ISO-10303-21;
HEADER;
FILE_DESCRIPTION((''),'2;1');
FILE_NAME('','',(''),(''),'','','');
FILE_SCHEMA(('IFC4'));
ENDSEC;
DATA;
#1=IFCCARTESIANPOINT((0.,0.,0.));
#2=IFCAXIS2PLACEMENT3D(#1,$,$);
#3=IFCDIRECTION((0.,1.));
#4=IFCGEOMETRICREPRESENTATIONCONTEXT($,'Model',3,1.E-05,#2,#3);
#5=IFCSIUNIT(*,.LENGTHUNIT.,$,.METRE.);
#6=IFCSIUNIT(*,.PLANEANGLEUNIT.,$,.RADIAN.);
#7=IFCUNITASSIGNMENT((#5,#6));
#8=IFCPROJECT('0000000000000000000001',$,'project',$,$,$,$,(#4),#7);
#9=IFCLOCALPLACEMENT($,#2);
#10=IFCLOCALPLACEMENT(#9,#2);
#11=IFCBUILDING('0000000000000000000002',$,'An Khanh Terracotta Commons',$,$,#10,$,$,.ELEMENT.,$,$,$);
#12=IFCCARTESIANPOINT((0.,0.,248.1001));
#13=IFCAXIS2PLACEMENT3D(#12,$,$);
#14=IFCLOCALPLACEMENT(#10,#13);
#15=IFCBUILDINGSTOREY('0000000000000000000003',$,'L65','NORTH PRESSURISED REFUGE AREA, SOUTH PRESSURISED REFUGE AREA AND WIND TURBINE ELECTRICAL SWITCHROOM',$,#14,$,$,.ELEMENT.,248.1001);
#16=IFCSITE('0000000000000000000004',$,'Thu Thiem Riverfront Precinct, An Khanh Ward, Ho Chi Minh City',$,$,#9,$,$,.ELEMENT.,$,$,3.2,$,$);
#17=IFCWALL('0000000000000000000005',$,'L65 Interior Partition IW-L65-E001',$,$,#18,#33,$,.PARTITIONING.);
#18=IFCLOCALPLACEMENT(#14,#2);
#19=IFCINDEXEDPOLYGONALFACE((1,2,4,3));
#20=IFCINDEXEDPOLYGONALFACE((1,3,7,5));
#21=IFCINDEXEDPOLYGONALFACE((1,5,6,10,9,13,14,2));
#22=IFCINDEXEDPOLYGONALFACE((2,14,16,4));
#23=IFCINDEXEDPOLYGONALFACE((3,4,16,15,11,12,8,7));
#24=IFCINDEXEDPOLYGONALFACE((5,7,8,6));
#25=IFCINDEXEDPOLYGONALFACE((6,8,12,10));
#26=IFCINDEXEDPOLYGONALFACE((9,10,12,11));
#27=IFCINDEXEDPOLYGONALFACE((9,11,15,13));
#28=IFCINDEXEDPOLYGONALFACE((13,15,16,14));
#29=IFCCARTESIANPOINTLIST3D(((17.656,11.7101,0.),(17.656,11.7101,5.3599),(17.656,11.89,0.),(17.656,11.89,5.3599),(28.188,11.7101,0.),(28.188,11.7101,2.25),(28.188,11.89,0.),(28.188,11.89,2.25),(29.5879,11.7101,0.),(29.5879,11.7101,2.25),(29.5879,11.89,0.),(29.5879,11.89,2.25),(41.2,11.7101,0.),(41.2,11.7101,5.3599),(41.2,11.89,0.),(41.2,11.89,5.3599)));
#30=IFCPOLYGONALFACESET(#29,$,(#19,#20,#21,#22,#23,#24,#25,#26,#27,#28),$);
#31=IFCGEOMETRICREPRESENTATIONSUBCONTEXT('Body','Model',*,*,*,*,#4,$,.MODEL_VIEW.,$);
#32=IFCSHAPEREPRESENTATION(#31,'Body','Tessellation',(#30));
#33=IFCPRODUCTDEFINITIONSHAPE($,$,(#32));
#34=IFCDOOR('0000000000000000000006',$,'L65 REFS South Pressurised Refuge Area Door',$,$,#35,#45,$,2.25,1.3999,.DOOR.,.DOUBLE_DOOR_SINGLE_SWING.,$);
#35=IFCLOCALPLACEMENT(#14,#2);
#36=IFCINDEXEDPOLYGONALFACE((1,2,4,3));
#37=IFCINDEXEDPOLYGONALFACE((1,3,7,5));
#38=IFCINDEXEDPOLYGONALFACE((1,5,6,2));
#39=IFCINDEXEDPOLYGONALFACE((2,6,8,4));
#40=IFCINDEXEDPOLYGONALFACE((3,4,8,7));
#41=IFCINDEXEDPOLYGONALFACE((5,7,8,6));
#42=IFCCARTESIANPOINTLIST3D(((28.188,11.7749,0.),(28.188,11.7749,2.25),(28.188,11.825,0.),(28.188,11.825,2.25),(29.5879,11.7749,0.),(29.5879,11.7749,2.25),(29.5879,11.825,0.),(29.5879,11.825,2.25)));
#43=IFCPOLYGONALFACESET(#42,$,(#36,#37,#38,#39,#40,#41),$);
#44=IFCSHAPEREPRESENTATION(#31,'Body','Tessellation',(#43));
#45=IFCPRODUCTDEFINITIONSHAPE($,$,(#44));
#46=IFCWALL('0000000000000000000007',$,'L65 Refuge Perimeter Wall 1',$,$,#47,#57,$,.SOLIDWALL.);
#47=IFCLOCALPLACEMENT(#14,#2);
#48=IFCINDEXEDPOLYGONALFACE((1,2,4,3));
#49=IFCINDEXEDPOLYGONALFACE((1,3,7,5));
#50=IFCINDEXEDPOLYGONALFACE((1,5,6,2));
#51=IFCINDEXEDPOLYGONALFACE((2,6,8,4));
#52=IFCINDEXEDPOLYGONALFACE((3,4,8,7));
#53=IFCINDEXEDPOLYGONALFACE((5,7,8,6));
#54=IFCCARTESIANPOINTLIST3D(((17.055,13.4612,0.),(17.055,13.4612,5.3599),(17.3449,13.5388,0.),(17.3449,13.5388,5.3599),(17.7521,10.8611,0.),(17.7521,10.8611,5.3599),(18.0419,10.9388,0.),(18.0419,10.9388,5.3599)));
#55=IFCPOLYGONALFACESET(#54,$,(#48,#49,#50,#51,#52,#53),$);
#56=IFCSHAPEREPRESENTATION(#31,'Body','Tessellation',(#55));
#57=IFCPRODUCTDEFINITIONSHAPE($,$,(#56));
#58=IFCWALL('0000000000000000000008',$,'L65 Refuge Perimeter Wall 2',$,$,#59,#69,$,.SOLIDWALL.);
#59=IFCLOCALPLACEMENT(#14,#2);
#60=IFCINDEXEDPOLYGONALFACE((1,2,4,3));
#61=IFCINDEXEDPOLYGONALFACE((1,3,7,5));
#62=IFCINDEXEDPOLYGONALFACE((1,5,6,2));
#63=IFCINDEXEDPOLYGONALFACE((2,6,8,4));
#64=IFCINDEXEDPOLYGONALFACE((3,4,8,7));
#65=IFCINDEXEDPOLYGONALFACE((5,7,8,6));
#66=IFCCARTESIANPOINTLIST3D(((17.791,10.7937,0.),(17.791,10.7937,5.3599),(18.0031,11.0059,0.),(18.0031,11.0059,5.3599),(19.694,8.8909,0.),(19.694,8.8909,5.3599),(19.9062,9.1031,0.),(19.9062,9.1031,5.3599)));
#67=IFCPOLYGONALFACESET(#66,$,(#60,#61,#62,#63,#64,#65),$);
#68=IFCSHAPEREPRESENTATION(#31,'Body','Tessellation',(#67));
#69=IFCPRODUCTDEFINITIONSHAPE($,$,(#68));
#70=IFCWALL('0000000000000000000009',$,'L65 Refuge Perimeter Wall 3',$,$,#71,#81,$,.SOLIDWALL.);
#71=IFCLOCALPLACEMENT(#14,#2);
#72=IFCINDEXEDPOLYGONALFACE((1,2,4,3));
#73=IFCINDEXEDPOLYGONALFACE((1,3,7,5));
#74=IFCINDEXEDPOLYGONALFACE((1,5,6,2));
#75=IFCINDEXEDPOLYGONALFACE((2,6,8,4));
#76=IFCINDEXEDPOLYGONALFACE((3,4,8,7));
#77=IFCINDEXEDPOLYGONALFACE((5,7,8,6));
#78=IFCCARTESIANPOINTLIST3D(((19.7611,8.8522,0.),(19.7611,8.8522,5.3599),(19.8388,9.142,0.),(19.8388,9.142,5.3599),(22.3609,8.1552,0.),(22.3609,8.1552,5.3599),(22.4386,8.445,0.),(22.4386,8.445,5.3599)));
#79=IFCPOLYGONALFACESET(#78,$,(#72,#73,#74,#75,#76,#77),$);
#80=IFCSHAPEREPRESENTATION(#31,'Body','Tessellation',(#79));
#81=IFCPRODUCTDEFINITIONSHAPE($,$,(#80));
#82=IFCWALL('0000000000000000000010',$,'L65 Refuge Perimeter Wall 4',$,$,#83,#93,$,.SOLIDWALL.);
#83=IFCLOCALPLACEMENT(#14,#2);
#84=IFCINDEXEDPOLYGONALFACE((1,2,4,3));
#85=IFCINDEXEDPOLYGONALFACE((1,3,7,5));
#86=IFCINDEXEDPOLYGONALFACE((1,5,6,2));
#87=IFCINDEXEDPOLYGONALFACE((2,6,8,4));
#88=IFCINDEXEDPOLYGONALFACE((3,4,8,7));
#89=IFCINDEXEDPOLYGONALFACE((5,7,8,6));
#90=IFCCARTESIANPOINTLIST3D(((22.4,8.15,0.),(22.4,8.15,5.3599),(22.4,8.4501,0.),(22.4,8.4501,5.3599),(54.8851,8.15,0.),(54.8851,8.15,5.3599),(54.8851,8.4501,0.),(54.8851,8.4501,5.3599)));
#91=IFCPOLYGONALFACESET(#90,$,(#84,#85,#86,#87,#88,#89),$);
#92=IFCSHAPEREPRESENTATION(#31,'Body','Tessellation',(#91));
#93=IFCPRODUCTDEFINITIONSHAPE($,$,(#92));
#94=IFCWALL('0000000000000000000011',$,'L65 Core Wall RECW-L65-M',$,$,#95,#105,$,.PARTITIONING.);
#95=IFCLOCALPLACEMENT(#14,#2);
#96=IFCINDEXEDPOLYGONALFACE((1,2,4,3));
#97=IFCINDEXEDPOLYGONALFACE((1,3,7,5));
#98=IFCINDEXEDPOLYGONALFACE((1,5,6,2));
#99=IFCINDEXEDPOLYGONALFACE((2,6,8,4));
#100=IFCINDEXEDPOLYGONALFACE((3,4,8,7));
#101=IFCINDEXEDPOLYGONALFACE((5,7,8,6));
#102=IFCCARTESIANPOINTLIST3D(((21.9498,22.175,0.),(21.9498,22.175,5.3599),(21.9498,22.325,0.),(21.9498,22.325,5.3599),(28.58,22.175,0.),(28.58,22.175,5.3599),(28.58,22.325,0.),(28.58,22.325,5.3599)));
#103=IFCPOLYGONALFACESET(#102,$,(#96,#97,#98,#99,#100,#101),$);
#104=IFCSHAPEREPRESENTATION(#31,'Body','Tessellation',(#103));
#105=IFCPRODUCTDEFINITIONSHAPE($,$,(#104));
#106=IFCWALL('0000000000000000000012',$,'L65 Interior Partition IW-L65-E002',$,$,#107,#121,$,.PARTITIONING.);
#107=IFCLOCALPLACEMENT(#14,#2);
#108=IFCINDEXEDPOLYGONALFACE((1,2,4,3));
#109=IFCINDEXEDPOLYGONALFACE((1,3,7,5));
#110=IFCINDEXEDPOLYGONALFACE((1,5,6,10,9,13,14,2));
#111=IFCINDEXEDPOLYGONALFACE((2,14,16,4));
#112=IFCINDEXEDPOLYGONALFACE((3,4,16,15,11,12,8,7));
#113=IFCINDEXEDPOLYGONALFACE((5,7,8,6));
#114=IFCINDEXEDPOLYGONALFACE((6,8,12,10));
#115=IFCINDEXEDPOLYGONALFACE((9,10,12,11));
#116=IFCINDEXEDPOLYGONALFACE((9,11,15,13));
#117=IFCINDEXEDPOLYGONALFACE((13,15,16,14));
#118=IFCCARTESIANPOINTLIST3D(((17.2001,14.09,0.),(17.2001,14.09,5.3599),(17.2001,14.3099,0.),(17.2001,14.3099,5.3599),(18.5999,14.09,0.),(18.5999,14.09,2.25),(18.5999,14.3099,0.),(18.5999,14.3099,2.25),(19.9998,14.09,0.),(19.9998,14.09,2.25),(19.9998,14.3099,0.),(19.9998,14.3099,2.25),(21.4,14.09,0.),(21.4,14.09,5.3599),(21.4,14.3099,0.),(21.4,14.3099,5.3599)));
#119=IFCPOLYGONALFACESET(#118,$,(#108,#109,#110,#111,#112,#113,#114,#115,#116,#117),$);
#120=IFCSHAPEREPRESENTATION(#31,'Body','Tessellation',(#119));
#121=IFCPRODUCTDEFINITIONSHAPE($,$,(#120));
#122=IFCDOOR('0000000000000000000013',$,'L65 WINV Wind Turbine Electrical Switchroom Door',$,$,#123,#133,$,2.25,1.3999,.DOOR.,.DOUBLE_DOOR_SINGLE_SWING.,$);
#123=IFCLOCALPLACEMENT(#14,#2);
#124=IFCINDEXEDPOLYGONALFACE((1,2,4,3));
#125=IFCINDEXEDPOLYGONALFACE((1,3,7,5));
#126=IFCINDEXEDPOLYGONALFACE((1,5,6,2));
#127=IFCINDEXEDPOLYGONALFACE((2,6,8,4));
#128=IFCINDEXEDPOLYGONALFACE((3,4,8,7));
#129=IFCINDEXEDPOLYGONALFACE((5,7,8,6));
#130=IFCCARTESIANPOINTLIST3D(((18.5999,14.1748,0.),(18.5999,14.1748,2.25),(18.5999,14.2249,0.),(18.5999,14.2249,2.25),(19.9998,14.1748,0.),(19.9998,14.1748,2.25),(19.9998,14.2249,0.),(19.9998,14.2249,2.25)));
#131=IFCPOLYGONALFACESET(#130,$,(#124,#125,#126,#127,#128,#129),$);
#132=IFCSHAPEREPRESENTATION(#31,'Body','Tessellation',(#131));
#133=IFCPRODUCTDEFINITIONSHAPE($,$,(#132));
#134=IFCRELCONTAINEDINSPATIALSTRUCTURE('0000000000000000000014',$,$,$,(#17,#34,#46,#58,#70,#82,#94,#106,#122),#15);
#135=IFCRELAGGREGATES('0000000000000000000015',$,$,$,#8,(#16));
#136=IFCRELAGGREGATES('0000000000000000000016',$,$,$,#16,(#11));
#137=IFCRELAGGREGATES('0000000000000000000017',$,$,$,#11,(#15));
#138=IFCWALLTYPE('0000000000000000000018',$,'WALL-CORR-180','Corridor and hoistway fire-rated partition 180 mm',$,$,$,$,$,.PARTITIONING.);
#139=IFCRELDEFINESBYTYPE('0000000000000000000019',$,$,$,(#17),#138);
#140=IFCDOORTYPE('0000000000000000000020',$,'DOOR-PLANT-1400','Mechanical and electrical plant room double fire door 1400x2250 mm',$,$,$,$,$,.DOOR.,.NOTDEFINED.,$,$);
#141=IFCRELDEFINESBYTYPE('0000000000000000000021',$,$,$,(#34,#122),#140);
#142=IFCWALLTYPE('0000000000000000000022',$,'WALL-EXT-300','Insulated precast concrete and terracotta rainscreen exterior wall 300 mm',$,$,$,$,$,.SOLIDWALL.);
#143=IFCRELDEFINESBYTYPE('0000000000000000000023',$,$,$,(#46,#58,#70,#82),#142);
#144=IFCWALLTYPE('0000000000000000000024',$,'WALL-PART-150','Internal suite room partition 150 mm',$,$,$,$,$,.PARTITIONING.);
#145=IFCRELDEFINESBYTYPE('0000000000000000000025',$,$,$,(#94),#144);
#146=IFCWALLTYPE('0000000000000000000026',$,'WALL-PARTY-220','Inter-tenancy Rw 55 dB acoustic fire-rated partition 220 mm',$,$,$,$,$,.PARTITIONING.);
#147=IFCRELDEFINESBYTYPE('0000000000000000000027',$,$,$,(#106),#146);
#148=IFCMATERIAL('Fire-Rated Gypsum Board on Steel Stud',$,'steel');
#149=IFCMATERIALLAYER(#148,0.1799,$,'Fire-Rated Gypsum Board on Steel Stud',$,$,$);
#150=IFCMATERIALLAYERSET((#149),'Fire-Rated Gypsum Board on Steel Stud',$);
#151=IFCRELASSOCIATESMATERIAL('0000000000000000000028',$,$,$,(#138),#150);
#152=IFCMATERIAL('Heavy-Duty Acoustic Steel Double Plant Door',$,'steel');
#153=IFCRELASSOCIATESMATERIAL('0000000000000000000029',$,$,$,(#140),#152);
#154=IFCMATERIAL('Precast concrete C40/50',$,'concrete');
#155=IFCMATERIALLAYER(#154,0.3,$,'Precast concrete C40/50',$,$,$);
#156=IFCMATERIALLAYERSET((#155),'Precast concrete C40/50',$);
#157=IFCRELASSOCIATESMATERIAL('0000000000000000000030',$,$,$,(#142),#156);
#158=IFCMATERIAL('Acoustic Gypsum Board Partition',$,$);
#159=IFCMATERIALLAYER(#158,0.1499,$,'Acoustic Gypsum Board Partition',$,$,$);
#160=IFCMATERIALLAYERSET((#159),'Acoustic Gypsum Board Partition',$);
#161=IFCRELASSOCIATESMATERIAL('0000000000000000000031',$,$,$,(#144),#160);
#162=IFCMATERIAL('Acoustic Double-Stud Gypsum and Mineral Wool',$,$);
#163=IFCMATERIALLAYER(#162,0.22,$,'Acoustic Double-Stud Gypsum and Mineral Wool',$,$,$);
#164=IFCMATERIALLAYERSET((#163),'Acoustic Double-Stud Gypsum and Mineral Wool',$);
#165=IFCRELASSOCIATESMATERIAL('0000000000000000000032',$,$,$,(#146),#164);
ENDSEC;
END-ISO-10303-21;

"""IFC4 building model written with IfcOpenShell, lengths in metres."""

from ifc_helpers import new_model, si_unit, direction, frame, frame_2d, origin, place, context, subcontext, project, spatial, rectangle, extrude, material, layer, layer_set, type_object, element, fill, save


model = new_model("IFC4")

# Units and contexts
model_context = context("Model", 3, precision=1e-05, world=origin(), true_north=direction((0.0, 1.0)))
body_context = subcontext(model_context, "Body", "Model", "MODEL_VIEW")
ifc_project = project(units=[si_unit("LENGTHUNIT", "METRE"), si_unit("PLANEANGLEUNIT", "RADIAN")], contexts=[model_context])

# Site, building, storey
site_placement = place(None, origin())
site = spatial("IfcSite", under=ifc_project, at=site_placement, Name="Thu Thiem Riverfront Precinct, An Khanh Ward, Ho Chi Minh City", CompositionType="ELEMENT", RefElevation=3.2)
building_placement = place(site_placement, origin())
building = spatial("IfcBuilding", under=site, at=building_placement, Name="An Khanh Terracotta Commons", CompositionType="ELEMENT")
storey_placement = place(building_placement, frame((0.0, 0.0, 248.1001)))
storey = spatial("IfcBuildingStorey", under=building, at=storey_placement, Name="L65", Description="NORTH PRESSURISED REFUGE AREA, SOUTH PRESSURISED REFUGE AREA AND WIND TURBINE ELECTRICAL SWITCHROOM", CompositionType="ELEMENT", Elevation=248.1001)

# Shared definitions
ifc_material_1 = material(Name="Precast concrete C40/50", Category="concrete")

# Shared definitions
ifc_material_2 = material(Name="Fire-Rated Gypsum Board on Steel Stud", Category="steel")
ifc_layer_1 = layer(ifc_material_2, 0.1799, Name="Fire-Rated Gypsum Board on Steel Stud")
ifc_layer_set_1 = layer_set([ifc_layer_1], Name="Fire-Rated Gypsum Board on Steel Stud")
wall_type_1 = type_object("IfcWallType", Name="WALL-CORR-180", Description="Corridor and hoistway fire-rated partition 180 mm", PredefinedType="PARTITIONING", material=ifc_layer_set_1)

# Wall, opening, door
wall_1_placement = place(storey_placement, frame((17.656, 11.8, 0.0), z_axis=(0.0, 0.0, 1.0), x_axis=(1.0, 0.0, 0.0)))
wall_1 = element("IfcWall", 1, at=wall_1_placement, inside=storey, type_object=wall_type_1, Name="L65 Interior Partition IW-L65-E001", PredefinedType="PARTITIONING", context=body_context, shape_type="SweptSolid", body=[
    extrude(rectangle(XDim=23.5439, YDim=0.1799, at=frame_2d((11.772, 0.0))), origin(), (0.0, 0.0, 1.0), 5.3599),
])
opening_1_placement = place(wall_1_placement, frame((10.532, 0.0, 0.0)))
opening_1 = element("IfcOpeningElement", 2, at=opening_1_placement, cuts=wall_1, PredefinedType="OPENING", context=body_context, shape_type="SweptSolid", body=[
    extrude(rectangle(XDim=1.3999, YDim=2.25, at=frame_2d((0.7, 1.125))), frame((0.0, 0.0999, 0.0), z_axis=(0.0, -1.0, 0.0), x_axis=(1.0, 0.0, 0.0)), (0.0, 0.0, 1.0), 0.2),
])
ifc_material_3 = material(Name="Heavy-Duty Acoustic Steel Double Plant Door", Category="steel")
door_type = type_object("IfcDoorType", Name="DOOR-PLANT-1400", Description="Mechanical and electrical plant room double fire door 1400x2250 mm", OperationType="NOTDEFINED", PredefinedType="DOOR", material=ifc_material_3)
door_1_placement = place(opening_1_placement, origin())
door_1 = element("IfcDoor", 3, at=door_1_placement, inside=storey, type_object=door_type, Name="L65 REFS South Pressurised Refuge Area Door", OperationType="DOUBLE_DOOR_SINGLE_SWING", OverallHeight=2.25, OverallWidth=1.3999, PredefinedType="DOOR", context=body_context, shape_type="SweptSolid", body=[
    extrude(rectangle(XDim=1.3999, YDim=2.25, at=frame_2d((0.7, 1.125))), frame((0.0, 0.0249, 0.0), z_axis=(0.0, -1.0, 0.0), x_axis=(1.0, 0.0, 0.0)), (0.0, 0.0, 1.0), 0.05),
])
fill(opening_1, door_1)

# Walls
ifc_layer_2 = layer(ifc_material_1, 0.3, Name="Precast concrete C40/50")
ifc_layer_set_2 = layer_set([ifc_layer_2], Name="Precast concrete C40/50")
wall_type_2 = type_object("IfcWallType", Name="WALL-EXT-300", Description="Insulated precast concrete and terracotta rainscreen exterior wall 300 mm", PredefinedType="SOLIDWALL", material=ifc_layer_set_2)
wall_2_placement = place(storey_placement, frame((17.2, 13.5, 0.0), z_axis=(0.0, 0.0, 1.0), x_axis=(0.258933, -0.965895, 0.0)))
element("IfcWall", 4, at=wall_2_placement, inside=storey, type_object=wall_type_2, Name="L65 Refuge Perimeter Wall 1", PredefinedType="SOLIDWALL", context=body_context, shape_type="SweptSolid", body=[
    extrude(rectangle(XDim=2.6919, YDim=0.3, at=frame_2d((1.3459, 0.0))), origin(), (0.0, 0.0, 1.0), 5.3599),
])
wall_3_placement = place(storey_placement, frame((17.897, 10.8999, 0.0), z_axis=(0.0, 0.0, 1.0), x_axis=(0.707152, -0.707061, 0.0)))
element("IfcWall", 5, at=wall_3_placement, inside=storey, type_object=wall_type_2, Name="L65 Refuge Perimeter Wall 2", PredefinedType="SOLIDWALL", context=body_context, shape_type="SweptSolid", body=[
    extrude(rectangle(XDim=2.6912, YDim=0.3, at=frame_2d((1.3457, 0.0))), origin(), (0.0, 0.0, 1.0), 5.3599),
])
wall_4_placement = place(storey_placement, frame((19.8, 8.9971, 0.0), z_axis=(0.0, 0.0, 1.0), x_axis=(0.965889, -0.258955, 0.0)))
element("IfcWall", 6, at=wall_4_placement, inside=storey, type_object=wall_type_2, Name="L65 Refuge Perimeter Wall 3", PredefinedType="SOLIDWALL", context=body_context, shape_type="SweptSolid", body=[
    extrude(rectangle(XDim=2.6917, YDim=0.3, at=frame_2d((1.3457, 0.0))), origin(), (0.0, 0.0, 1.0), 5.3599),
])
wall_5_placement = place(storey_placement, frame((22.3999, 8.3, 0.0), z_axis=(0.0, 0.0, 1.0), x_axis=(1.0, 0.0, 0.0)))
element("IfcWall", 7, at=wall_5_placement, inside=storey, type_object=wall_type_2, Name="L65 Refuge Perimeter Wall 4", PredefinedType="SOLIDWALL", context=body_context, shape_type="SweptSolid", body=[
    extrude(rectangle(XDim=32.4851, YDim=0.3, at=frame_2d((16.2427, 0.0))), origin(), (0.0, 0.0, 1.0), 5.3599),
])
ifc_material_4 = material(Name="Acoustic Gypsum Board Partition")
ifc_layer_3 = layer(ifc_material_4, 0.1499, Name="Acoustic Gypsum Board Partition")
ifc_layer_set_3 = layer_set([ifc_layer_3], Name="Acoustic Gypsum Board Partition")
wall_type_3 = type_object("IfcWallType", Name="WALL-PART-150", Description="Internal suite room partition 150 mm", PredefinedType="PARTITIONING", material=ifc_layer_set_3)
wall_6_placement = place(storey_placement, frame((21.95, 22.25, 0.0), z_axis=(0.0, 0.0, 1.0), x_axis=(1.0, 0.0, 0.0)))
element("IfcWall", 8, at=wall_6_placement, inside=storey, type_object=wall_type_3, Name="L65 Core Wall RECW-L65-M", PredefinedType="PARTITIONING", context=body_context, shape_type="SweptSolid", body=[
    extrude(rectangle(XDim=6.6301, YDim=0.1499, at=frame_2d((3.3149, 0.0))), origin(), (0.0, 0.0, 1.0), 5.3599),
])

# Wall, opening, door
ifc_material_5 = material(Name="Acoustic Double-Stud Gypsum and Mineral Wool")
ifc_layer_4 = layer(ifc_material_5, 0.22, Name="Acoustic Double-Stud Gypsum and Mineral Wool")
ifc_layer_set_4 = layer_set([ifc_layer_4], Name="Acoustic Double-Stud Gypsum and Mineral Wool")
wall_type_4 = type_object("IfcWallType", Name="WALL-PARTY-220", Description="Inter-tenancy Rw 55 dB acoustic fire-rated partition 220 mm", PredefinedType="PARTITIONING", material=ifc_layer_set_4)
wall_7_placement = place(storey_placement, frame((17.2, 14.2, 0.0), z_axis=(0.0, 0.0, 1.0), x_axis=(1.0, 0.0, 0.0)))
wall_7 = element("IfcWall", 9, at=wall_7_placement, inside=storey, type_object=wall_type_4, Name="L65 Interior Partition IW-L65-E002", PredefinedType="PARTITIONING", context=body_context, shape_type="SweptSolid", body=[
    extrude(rectangle(XDim=4.2, YDim=0.22, at=frame_2d((2.1001, 0.0))), origin(), (0.0, 0.0, 1.0), 5.3599),
])
opening_2_placement = place(wall_7_placement, frame((1.3999, 0.0, 0.0)))
opening_2 = element("IfcOpeningElement", 10, at=opening_2_placement, cuts=wall_7, PredefinedType="OPENING", context=body_context, shape_type="SweptSolid", body=[
    extrude(rectangle(XDim=1.3999, YDim=2.25, at=frame_2d((0.7, 1.125))), frame((0.0, 0.1199, 0.0), z_axis=(0.0, -1.0, 0.0), x_axis=(1.0, 0.0, 0.0)), (0.0, 0.0, 1.0), 0.24),
])
door_2_placement = place(opening_2_placement, origin())
door_2 = element("IfcDoor", 11, at=door_2_placement, inside=storey, type_object=door_type, Name="L65 WINV Wind Turbine Electrical Switchroom Door", OperationType="DOUBLE_DOOR_SINGLE_SWING", OverallHeight=2.25, OverallWidth=1.3999, PredefinedType="DOOR", context=body_context, shape_type="SweptSolid", body=[
    extrude(rectangle(XDim=1.3999, YDim=2.25, at=frame_2d((0.7, 1.125))), frame((0.0, 0.0249, 0.0), z_axis=(0.0, -1.0, 0.0), x_axis=(1.0, 0.0, 0.0)), (0.0, 0.0, 1.0), 0.05),
])
fill(opening_2, door_2)

save(model, "model.ifc")
